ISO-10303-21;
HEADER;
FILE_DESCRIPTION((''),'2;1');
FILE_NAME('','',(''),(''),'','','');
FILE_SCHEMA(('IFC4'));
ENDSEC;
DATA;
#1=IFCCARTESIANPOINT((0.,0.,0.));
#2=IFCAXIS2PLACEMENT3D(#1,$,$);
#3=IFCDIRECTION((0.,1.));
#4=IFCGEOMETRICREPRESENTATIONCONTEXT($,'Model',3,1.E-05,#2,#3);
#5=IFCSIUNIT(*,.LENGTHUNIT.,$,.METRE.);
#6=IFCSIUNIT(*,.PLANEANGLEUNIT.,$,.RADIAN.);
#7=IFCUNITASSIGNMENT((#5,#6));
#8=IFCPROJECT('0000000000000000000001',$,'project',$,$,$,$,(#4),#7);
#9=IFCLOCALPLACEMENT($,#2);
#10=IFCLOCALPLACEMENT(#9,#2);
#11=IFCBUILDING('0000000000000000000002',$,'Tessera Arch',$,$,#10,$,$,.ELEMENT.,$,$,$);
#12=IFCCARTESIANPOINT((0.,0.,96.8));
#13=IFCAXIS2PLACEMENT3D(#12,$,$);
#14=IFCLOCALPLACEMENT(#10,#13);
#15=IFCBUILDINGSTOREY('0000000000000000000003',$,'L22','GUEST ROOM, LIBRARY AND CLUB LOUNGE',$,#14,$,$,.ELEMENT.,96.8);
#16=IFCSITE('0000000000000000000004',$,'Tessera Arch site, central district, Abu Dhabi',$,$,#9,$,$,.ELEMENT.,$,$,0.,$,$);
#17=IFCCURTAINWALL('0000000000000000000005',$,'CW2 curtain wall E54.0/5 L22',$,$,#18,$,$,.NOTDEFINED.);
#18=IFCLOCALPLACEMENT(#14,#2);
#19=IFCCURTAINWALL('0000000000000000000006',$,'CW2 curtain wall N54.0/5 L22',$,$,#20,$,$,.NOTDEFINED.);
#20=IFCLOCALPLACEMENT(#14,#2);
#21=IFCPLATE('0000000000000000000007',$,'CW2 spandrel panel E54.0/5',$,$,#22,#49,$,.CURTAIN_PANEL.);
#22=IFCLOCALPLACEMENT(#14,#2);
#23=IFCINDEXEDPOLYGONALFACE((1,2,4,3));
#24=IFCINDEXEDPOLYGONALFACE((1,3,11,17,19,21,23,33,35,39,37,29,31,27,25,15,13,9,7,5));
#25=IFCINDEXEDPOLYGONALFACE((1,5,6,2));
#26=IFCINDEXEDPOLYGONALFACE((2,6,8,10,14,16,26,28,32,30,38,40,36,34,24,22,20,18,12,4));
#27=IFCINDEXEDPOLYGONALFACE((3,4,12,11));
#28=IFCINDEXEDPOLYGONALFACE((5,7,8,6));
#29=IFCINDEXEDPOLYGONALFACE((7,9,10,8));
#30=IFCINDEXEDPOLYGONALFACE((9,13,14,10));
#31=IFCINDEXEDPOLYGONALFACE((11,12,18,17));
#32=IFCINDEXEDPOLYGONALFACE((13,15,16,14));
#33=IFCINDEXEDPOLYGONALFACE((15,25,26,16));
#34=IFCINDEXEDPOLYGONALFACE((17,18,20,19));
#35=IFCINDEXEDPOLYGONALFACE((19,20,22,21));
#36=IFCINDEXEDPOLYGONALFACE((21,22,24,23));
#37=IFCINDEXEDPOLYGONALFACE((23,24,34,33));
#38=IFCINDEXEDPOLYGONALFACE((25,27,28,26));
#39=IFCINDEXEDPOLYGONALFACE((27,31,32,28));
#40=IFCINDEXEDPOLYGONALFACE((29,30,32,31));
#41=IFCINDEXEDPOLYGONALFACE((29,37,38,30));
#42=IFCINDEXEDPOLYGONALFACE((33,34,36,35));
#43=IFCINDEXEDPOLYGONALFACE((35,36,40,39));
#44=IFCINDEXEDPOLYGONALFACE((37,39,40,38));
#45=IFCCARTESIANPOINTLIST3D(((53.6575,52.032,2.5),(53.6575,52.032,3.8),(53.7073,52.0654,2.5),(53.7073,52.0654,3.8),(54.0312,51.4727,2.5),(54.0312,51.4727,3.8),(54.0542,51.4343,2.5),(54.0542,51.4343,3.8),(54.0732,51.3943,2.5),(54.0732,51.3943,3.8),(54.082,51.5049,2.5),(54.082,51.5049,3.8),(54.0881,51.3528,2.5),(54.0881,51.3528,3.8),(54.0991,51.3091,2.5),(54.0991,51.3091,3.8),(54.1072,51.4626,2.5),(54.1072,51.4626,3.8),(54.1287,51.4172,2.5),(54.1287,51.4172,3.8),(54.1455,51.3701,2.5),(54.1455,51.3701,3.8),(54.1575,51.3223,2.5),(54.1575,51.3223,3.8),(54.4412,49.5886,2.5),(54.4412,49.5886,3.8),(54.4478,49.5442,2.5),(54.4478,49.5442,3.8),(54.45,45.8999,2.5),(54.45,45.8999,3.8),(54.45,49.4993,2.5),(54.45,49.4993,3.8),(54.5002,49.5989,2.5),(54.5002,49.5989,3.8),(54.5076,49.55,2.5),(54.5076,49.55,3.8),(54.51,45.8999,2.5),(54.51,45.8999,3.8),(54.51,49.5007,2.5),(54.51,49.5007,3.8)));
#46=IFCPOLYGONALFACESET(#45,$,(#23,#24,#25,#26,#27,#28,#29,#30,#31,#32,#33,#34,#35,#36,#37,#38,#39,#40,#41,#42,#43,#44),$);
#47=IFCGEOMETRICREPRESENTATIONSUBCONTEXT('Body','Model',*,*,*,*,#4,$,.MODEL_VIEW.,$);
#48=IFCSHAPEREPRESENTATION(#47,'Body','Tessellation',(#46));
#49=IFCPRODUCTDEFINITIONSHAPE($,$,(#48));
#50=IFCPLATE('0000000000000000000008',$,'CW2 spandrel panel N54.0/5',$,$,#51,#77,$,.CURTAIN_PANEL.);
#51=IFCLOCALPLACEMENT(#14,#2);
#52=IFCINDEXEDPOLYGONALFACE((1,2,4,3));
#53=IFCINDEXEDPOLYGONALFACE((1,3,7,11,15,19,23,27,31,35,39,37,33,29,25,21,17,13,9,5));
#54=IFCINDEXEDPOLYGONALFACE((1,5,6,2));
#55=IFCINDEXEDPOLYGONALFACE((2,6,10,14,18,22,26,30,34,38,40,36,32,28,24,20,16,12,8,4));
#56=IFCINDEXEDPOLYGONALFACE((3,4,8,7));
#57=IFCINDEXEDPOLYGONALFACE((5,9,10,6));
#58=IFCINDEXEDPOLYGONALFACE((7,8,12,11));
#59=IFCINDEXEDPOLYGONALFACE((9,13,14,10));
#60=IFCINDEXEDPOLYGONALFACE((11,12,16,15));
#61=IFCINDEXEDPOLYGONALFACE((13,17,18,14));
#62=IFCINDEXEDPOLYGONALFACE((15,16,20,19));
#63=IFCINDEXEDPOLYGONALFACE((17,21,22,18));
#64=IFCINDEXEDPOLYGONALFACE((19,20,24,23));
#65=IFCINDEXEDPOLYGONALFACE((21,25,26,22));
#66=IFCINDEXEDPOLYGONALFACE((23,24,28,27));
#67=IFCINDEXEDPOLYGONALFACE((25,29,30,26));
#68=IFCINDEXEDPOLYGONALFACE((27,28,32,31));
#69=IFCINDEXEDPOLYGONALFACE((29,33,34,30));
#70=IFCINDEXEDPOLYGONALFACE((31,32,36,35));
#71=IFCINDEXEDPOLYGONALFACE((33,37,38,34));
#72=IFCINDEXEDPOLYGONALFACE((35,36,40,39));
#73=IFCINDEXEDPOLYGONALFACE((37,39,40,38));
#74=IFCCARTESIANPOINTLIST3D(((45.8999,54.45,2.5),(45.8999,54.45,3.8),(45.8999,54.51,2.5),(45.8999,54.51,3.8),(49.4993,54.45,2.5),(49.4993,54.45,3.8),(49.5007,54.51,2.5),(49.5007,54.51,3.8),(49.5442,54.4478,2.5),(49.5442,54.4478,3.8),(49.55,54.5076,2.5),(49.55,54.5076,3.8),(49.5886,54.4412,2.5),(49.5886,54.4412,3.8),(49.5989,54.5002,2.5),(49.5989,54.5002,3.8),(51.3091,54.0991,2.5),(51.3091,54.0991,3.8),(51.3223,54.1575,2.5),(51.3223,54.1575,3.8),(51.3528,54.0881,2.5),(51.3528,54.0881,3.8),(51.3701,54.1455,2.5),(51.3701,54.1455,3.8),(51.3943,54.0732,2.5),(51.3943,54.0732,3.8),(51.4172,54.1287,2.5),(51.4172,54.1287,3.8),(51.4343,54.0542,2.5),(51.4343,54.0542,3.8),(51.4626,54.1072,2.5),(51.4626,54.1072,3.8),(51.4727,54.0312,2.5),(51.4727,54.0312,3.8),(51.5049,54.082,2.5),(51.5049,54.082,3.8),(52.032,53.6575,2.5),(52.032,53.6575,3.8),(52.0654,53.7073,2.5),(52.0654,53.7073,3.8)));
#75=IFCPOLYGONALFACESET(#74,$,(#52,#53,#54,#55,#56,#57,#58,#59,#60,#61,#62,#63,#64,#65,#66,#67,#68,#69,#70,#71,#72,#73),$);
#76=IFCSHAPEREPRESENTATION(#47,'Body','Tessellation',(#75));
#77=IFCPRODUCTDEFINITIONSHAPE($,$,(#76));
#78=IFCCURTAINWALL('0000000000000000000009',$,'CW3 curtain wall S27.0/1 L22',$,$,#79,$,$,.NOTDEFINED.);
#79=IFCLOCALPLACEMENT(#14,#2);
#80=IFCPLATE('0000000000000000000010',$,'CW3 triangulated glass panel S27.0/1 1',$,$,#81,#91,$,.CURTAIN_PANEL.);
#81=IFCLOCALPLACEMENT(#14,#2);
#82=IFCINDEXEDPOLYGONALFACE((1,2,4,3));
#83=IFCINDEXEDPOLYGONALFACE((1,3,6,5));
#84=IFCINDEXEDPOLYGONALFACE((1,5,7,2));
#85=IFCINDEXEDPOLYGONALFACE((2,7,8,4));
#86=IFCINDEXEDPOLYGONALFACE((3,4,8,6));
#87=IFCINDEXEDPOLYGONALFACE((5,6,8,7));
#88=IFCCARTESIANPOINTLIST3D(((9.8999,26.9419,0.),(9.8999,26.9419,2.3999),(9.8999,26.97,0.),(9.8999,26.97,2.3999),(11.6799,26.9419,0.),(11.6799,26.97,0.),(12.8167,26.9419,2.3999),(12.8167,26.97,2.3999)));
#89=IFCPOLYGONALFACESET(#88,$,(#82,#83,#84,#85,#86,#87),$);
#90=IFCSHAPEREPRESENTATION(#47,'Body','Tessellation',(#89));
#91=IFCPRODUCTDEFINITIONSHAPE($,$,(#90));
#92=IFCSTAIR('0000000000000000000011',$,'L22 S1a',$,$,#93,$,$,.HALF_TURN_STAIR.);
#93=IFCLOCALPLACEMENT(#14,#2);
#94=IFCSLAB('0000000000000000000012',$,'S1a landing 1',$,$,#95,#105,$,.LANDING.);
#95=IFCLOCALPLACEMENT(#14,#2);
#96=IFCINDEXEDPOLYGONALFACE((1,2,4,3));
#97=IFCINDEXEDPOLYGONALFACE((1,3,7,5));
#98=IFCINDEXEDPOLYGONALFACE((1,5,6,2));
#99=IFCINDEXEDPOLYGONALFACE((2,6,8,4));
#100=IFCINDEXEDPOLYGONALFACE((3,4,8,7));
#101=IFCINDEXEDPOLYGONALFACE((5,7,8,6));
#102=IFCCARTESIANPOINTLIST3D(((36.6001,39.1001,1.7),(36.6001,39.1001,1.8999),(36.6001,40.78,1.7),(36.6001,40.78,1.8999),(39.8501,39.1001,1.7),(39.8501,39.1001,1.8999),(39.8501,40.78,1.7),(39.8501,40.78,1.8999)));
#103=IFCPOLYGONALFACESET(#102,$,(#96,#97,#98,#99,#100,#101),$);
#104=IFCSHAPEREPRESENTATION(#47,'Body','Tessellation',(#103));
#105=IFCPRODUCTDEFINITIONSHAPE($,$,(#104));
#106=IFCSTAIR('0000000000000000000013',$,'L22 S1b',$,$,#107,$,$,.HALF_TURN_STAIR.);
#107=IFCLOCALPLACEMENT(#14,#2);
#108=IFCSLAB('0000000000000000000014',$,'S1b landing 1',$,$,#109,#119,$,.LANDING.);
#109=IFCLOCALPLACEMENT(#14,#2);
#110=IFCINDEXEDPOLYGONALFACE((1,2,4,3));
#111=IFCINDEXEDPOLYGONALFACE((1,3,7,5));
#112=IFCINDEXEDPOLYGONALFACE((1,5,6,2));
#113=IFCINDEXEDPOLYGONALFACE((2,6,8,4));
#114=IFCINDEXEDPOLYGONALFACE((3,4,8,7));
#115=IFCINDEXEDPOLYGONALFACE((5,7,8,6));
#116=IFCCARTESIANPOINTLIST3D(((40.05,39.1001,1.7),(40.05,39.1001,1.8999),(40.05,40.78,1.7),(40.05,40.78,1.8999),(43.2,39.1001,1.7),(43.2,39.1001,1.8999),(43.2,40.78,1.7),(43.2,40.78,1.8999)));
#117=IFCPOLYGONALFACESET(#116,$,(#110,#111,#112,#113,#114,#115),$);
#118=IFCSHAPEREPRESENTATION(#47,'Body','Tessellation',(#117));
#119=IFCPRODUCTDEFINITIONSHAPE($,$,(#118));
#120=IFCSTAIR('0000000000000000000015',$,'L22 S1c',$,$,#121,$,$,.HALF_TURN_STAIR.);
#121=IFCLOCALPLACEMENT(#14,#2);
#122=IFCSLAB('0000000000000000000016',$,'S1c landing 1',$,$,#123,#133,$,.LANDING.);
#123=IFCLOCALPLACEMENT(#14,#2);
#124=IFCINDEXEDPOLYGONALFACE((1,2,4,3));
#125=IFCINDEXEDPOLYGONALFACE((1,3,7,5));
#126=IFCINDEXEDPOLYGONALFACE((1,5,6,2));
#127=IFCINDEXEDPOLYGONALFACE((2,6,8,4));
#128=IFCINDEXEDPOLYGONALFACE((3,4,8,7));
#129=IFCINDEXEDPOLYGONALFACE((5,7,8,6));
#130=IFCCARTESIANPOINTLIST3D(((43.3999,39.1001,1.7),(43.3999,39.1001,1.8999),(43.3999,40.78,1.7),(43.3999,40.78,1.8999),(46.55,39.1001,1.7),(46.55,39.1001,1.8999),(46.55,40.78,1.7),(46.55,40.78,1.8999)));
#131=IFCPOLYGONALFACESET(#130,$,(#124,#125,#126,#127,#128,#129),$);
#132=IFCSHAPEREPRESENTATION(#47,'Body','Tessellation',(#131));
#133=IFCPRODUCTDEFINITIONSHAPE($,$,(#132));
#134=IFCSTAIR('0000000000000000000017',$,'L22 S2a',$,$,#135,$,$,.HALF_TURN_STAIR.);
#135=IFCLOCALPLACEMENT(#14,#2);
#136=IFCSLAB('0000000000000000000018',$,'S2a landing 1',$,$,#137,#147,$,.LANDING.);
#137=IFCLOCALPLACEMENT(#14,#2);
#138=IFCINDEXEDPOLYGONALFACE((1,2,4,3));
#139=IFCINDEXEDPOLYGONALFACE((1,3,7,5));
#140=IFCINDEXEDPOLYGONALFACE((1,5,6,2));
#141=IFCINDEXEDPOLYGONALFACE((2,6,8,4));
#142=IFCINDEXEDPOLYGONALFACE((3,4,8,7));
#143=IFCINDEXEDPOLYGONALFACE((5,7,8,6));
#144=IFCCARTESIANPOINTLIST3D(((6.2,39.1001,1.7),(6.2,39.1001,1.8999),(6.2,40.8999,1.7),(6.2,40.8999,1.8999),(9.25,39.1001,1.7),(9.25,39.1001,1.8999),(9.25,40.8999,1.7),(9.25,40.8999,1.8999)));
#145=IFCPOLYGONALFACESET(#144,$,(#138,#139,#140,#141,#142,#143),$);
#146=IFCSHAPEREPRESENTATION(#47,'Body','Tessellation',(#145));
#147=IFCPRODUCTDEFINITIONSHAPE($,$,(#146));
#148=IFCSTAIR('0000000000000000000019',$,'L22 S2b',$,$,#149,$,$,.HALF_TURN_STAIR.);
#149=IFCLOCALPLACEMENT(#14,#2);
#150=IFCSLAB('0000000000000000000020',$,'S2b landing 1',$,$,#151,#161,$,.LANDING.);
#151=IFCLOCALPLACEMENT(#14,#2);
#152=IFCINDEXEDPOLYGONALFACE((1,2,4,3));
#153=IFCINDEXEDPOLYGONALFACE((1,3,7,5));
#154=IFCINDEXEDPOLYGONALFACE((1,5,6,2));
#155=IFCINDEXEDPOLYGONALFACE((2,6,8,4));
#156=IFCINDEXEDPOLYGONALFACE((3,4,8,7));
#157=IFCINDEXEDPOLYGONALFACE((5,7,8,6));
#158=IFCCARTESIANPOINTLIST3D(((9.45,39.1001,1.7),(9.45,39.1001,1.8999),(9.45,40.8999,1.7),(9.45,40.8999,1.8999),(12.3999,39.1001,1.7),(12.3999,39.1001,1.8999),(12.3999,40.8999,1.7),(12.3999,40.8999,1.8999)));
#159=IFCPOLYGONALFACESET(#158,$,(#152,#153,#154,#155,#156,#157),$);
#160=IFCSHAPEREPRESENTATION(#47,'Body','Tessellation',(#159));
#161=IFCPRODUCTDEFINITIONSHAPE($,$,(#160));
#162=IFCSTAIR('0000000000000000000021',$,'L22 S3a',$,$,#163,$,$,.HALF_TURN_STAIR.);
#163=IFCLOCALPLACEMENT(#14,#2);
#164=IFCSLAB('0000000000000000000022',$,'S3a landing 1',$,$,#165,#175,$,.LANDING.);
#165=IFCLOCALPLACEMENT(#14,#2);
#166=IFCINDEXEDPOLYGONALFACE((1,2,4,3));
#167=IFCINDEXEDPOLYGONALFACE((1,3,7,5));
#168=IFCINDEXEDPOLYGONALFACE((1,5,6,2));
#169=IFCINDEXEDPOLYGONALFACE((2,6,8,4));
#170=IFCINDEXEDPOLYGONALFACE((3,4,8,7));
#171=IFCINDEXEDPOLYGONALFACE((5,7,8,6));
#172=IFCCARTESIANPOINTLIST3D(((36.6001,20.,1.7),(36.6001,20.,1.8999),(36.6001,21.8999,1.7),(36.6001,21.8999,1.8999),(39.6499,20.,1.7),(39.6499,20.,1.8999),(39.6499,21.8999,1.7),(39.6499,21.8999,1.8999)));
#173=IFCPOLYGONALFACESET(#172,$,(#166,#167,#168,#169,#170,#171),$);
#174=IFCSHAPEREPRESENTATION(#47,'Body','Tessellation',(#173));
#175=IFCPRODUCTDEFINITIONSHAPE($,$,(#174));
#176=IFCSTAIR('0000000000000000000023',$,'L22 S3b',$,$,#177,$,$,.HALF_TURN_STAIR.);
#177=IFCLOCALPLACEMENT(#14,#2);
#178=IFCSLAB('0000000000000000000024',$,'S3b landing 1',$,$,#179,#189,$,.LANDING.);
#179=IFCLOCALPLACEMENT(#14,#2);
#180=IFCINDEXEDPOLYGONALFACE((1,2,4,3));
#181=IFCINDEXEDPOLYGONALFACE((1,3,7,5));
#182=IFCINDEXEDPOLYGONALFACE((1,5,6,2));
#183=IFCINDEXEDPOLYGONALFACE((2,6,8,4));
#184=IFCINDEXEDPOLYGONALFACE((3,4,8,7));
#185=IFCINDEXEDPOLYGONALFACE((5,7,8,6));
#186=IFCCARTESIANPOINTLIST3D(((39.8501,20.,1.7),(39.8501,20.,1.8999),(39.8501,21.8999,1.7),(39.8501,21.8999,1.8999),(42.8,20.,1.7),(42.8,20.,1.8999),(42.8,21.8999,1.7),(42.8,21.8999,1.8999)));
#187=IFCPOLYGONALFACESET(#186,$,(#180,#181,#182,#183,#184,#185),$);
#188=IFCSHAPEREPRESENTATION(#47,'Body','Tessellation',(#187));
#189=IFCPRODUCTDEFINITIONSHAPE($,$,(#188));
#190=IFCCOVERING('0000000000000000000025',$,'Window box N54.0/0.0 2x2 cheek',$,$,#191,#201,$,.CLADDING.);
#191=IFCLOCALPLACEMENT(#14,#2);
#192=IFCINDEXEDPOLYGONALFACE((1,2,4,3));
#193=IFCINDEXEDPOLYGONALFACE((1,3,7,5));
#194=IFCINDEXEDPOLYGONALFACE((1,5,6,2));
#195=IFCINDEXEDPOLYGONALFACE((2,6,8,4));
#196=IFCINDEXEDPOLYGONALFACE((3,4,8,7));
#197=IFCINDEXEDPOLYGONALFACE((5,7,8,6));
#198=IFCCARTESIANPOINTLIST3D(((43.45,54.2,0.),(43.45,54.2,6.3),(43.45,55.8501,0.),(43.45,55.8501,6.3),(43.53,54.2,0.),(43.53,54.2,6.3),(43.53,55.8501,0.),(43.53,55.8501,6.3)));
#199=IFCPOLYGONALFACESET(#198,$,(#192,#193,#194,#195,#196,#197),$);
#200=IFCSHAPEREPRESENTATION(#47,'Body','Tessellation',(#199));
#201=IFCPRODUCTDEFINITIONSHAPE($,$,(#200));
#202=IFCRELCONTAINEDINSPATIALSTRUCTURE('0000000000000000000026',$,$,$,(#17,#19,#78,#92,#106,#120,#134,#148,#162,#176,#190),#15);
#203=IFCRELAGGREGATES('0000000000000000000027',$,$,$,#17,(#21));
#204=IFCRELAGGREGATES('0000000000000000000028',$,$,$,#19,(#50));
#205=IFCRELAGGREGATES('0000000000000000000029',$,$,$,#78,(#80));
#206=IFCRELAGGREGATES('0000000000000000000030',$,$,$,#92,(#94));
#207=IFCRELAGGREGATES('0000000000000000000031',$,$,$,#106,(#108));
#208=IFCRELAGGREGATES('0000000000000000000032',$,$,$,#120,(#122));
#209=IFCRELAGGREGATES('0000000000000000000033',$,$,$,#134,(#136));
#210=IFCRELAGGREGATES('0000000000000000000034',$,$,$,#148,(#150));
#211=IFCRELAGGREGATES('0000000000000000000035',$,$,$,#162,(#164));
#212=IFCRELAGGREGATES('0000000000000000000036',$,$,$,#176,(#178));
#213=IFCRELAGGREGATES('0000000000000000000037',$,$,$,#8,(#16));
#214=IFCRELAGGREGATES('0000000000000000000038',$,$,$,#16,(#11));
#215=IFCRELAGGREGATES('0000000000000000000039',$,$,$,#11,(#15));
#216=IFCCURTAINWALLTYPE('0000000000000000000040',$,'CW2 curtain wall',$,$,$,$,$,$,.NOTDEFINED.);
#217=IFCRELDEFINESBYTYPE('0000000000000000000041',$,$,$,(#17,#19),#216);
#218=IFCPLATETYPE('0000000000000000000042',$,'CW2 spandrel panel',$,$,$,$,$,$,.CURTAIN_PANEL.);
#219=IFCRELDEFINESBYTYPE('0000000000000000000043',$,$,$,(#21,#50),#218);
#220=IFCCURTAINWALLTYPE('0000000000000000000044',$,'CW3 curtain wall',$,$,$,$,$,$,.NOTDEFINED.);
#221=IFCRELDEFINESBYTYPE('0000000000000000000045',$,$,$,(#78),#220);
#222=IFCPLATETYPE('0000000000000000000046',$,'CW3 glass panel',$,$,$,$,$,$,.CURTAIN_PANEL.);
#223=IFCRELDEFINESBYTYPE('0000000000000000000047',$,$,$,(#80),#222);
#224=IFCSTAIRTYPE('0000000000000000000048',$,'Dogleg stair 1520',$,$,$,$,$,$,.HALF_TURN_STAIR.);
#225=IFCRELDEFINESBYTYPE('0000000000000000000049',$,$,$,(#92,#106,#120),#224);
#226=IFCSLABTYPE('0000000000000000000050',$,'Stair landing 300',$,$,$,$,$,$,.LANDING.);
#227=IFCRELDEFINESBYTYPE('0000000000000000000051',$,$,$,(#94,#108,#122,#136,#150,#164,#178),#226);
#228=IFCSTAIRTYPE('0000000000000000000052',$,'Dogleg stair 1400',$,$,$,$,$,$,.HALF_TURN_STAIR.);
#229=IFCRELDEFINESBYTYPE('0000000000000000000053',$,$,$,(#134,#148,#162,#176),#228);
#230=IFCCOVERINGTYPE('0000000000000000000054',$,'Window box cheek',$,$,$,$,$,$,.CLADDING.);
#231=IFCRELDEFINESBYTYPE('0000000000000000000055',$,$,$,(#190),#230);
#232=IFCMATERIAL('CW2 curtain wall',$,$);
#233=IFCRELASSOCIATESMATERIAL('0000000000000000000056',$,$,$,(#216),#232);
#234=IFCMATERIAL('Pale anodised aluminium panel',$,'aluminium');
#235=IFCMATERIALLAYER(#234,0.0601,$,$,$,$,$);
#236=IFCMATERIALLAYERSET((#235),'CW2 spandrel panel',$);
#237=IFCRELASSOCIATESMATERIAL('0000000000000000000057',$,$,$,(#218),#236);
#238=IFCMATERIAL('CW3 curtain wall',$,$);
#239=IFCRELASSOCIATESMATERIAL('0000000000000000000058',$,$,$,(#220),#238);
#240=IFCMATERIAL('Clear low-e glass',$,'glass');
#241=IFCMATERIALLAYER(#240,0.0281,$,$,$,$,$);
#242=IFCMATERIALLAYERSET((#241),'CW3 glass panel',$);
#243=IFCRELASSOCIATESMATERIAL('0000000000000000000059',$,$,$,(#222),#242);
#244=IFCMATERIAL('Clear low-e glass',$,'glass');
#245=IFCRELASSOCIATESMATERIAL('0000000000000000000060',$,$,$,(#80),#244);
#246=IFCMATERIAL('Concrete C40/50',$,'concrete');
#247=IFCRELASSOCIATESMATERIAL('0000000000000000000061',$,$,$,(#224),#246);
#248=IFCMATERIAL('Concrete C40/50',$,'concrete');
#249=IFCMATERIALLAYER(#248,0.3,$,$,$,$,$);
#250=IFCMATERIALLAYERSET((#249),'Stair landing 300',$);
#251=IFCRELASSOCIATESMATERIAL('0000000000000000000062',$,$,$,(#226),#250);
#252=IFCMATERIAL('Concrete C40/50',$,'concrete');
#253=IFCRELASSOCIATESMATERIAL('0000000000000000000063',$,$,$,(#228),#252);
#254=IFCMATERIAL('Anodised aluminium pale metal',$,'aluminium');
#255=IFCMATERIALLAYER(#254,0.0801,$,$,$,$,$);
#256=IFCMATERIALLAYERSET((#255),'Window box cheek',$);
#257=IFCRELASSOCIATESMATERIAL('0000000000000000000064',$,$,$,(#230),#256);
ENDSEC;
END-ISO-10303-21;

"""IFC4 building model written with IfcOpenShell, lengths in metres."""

from ifc_helpers import new_model, si_unit, direction, frame, origin, place, context, subcontext, project, spatial, polyline, outline, extrude, material, layer, layer_set, type_object, element, aggregate, save


model = new_model("IFC4")

# Units and contexts
model_context = context("Model", 3, precision=1e-05, world=origin(), true_north=direction((0.0, 1.0)))
body_context = subcontext(model_context, "Body", "Model", "MODEL_VIEW")
ifc_project = project(units=[si_unit("LENGTHUNIT", "METRE"), si_unit("PLANEANGLEUNIT", "RADIAN")], contexts=[model_context])

# Site, building, storey
site_placement = place(None, origin())
site = spatial("IfcSite", under=ifc_project, at=site_placement, Name="Tessera Arch site, central district, Abu Dhabi", CompositionType="ELEMENT", RefElevation=0.0)
building_placement = place(site_placement, origin())
building = spatial("IfcBuilding", under=site, at=building_placement, Name="Tessera Arch", CompositionType="ELEMENT")
storey_placement = place(building_placement, frame((0.0, 0.0, 96.8)))
storey = spatial("IfcBuildingStorey", under=building, at=storey_placement, Name="L22", Description="GUEST ROOM, LIBRARY AND CLUB LOUNGE", CompositionType="ELEMENT", Elevation=96.8)

# Curtain walls
ifc_material_1 = material(Name="CW2 curtain wall")
curtain_wall_type_1 = type_object("IfcCurtainWallType", Name="CW2 curtain wall", PredefinedType="NOTDEFINED", material=ifc_material_1)
curtain_wall_1_placement = place(storey_placement, origin())
curtain_wall_1 = element("IfcCurtainWall", 1, at=curtain_wall_1_placement, inside=storey, type_object=curtain_wall_type_1, Name="CW2 curtain wall E54.0/5 L22", PredefinedType="NOTDEFINED")
curtain_wall_2_placement = place(storey_placement, origin())
curtain_wall_2 = element("IfcCurtainWall", 2, at=curtain_wall_2_placement, inside=storey, type_object=curtain_wall_type_1, Name="CW2 curtain wall N54.0/5 L22", PredefinedType="NOTDEFINED")

# Shared definitions
ifc_material_2 = material(Name="Clear low-e glass", Category="glass")

# Shared definitions
ifc_material_3 = material(Name="Pale anodised aluminium panel", Category="aluminium")
ifc_layer_1 = layer(ifc_material_3, 0.0601)
ifc_layer_set_1 = layer_set([ifc_layer_1], Name="CW2 spandrel panel")
plate_type_1 = type_object("IfcPlateType", Name="CW2 spandrel panel", PredefinedType="CURTAIN_PANEL", material=ifc_layer_set_1)

# Plates
plate_1_placement = place(storey_placement, frame((0.0, 0.0, 2.5)))
plate_1 = element("IfcPlate", 3, at=plate_1_placement, type_object=plate_type_1, Name="CW2 spandrel panel E54.0/5", PredefinedType="CURTAIN_PANEL", context=body_context, shape_type="SweptSolid", body=[
    extrude(outline(polyline([(54.45, 49.4993), (54.45, 45.8999), (54.51, 45.8999), (54.51, 49.5007), (54.5076, 49.55), (54.5002, 49.5989), (54.1575, 51.3223), (54.1455, 51.3701), (54.1287, 51.4172), (54.1072, 51.4626), (54.082, 51.5049), (53.7073, 52.0654), (53.6575, 52.032), (54.0312, 51.4727), (54.0542, 51.4343), (54.0732, 51.3943), (54.0881, 51.3528), (54.0991, 51.3091), (54.4412, 49.5886), (54.4478, 49.5442), (54.45, 49.4993)])), origin(), (0.0, 0.0, 1.0), 1.3),
])
aggregate(curtain_wall_1, [plate_1])
plate_2_placement = place(storey_placement, frame((0.0, 0.0, 2.5)))
plate_2 = element("IfcPlate", 4, at=plate_2_placement, type_object=plate_type_1, Name="CW2 spandrel panel N54.0/5", PredefinedType="CURTAIN_PANEL", context=body_context, shape_type="SweptSolid", body=[
    extrude(outline(polyline([(51.4727, 54.0312), (52.032, 53.6575), (52.0654, 53.7073), (51.5049, 54.082), (51.4626, 54.1072), (51.4172, 54.1287), (51.3701, 54.1455), (51.3223, 54.1575), (49.5989, 54.5002), (49.55, 54.5076), (49.5007, 54.51), (45.8999, 54.51), (45.8999, 54.45), (49.4993, 54.45), (49.5442, 54.4478), (49.5886, 54.4412), (51.3091, 54.0991), (51.3528, 54.0881), (51.3943, 54.0732), (51.4343, 54.0542), (51.4727, 54.0312)])), origin(), (0.0, 0.0, 1.0), 1.3),
])
aggregate(curtain_wall_2, [plate_2])

# Curtain wall, plate
ifc_material_4 = material(Name="CW3 curtain wall")
curtain_wall_type_2 = type_object("IfcCurtainWallType", Name="CW3 curtain wall", PredefinedType="NOTDEFINED", material=ifc_material_4)
curtain_wall_3_placement = place(storey_placement, origin())
curtain_wall_3 = element("IfcCurtainWall", 5, at=curtain_wall_3_placement, inside=storey, type_object=curtain_wall_type_2, Name="CW3 curtain wall S27.0/1 L22", PredefinedType="NOTDEFINED")
ifc_material_5 = material(Name="Clear low-e glass", Category="glass")
ifc_layer_2 = layer(ifc_material_5, 0.0281)
ifc_layer_set_2 = layer_set([ifc_layer_2], Name="CW3 glass panel")
plate_type_2 = type_object("IfcPlateType", Name="CW3 glass panel", PredefinedType="CURTAIN_PANEL", material=ifc_layer_set_2)
plate_3_placement = place(storey_placement, frame((9.8999, 26.9419, 0.0), z_axis=(0.0, -1.0, 0.0), x_axis=(1.0, 0.0, 0.0)))
plate_3 = element("IfcPlate", 6, at=plate_3_placement, type_object=plate_type_2, material=ifc_material_2, Name="CW3 triangulated glass panel S27.0/1 1", PredefinedType="CURTAIN_PANEL", context=body_context, shape_type="SweptSolid", body=[
    extrude(outline(polyline([(0.0, 0.0), (1.78, 0.0), (2.9167, 2.3999), (0.0, 2.3999), (0.0, 0.0)])), origin(), (0.0, 0.0, -1.0), 0.0281),
])
aggregate(curtain_wall_3, [plate_3])

# Stairs, slabs
ifc_material_6 = material(Name="Concrete C40/50", Category="concrete")
stair_type_1 = type_object("IfcStairType", Name="Dogleg stair 1520", PredefinedType="HALF_TURN_STAIR", material=ifc_material_6)
stair_1_placement = place(storey_placement, origin())
stair_1 = element("IfcStair", 7, at=stair_1_placement, inside=storey, type_object=stair_type_1, Name="L22 S1a", PredefinedType="HALF_TURN_STAIR")
ifc_material_7 = material(Name="Concrete C40/50", Category="concrete")
ifc_layer_3 = layer(ifc_material_7, 0.3)
ifc_layer_set_3 = layer_set([ifc_layer_3], Name="Stair landing 300")
slab_type = type_object("IfcSlabType", Name="Stair landing 300", PredefinedType="LANDING", material=ifc_layer_set_3)
slab_1_placement = place(storey_placement, frame((0.0, 0.0, 1.7)))
slab_1 = element("IfcSlab", 8, at=slab_1_placement, type_object=slab_type, Name="S1a landing 1", PredefinedType="LANDING", context=body_context, shape_type="SweptSolid", body=[
    extrude(outline(polyline([(36.6001, 40.78), (36.6001, 39.1001), (39.8501, 39.1001), (39.8501, 40.78), (36.6001, 40.78)])), origin(), (0.0, 0.0, 1.0), 0.2),
])
aggregate(stair_1, [slab_1])
stair_2_placement = place(storey_placement, origin())
stair_2 = element("IfcStair", 9, at=stair_2_placement, inside=storey, type_object=stair_type_1, Name="L22 S1b", PredefinedType="HALF_TURN_STAIR")
slab_2_placement = place(storey_placement, frame((0.0, 0.0, 1.7)))
slab_2 = element("IfcSlab", 10, at=slab_2_placement, type_object=slab_type, Name="S1b landing 1", PredefinedType="LANDING", context=body_context, shape_type="SweptSolid", body=[
    extrude(outline(polyline([(40.05, 40.78), (40.05, 39.1001), (43.2, 39.1001), (43.2, 40.78), (40.05, 40.78)])), origin(), (0.0, 0.0, 1.0), 0.2),
])
aggregate(stair_2, [slab_2])
stair_3_placement = place(storey_placement, origin())
stair_3 = element("IfcStair", 11, at=stair_3_placement, inside=storey, type_object=stair_type_1, Name="L22 S1c", PredefinedType="HALF_TURN_STAIR")
slab_3_placement = place(storey_placement, frame((0.0, 0.0, 1.7)))
slab_3 = element("IfcSlab", 12, at=slab_3_placement, type_object=slab_type, Name="S1c landing 1", PredefinedType="LANDING", context=body_context, shape_type="SweptSolid", body=[
    extrude(outline(polyline([(43.3999, 40.78), (43.3999, 39.1001), (46.55, 39.1001), (46.55, 40.78), (43.3999, 40.78)])), origin(), (0.0, 0.0, 1.0), 0.2),
])
aggregate(stair_3, [slab_3])
ifc_material_8 = material(Name="Concrete C40/50", Category="concrete")
stair_type_2 = type_object("IfcStairType", Name="Dogleg stair 1400", PredefinedType="HALF_TURN_STAIR", material=ifc_material_8)
stair_4_placement = place(storey_placement, origin())
stair_4 = element("IfcStair", 13, at=stair_4_placement, inside=storey, type_object=stair_type_2, Name="L22 S2a", PredefinedType="HALF_TURN_STAIR")
slab_4_placement = place(storey_placement, frame((0.0, 0.0, 1.7)))
slab_4 = element("IfcSlab", 14, at=slab_4_placement, type_object=slab_type, Name="S2a landing 1", PredefinedType="LANDING", context=body_context, shape_type="SweptSolid", body=[
    extrude(outline(polyline([(6.2, 40.8999), (6.2, 39.1001), (9.25, 39.1001), (9.25, 40.8999), (6.2, 40.8999)])), origin(), (0.0, 0.0, 1.0), 0.2),
])
aggregate(stair_4, [slab_4])
stair_5_placement = place(storey_placement, origin())
stair_5 = element("IfcStair", 15, at=stair_5_placement, inside=storey, type_object=stair_type_2, Name="L22 S2b", PredefinedType="HALF_TURN_STAIR")
slab_5_placement = place(storey_placement, frame((0.0, 0.0, 1.7)))
slab_5 = element("IfcSlab", 16, at=slab_5_placement, type_object=slab_type, Name="S2b landing 1", PredefinedType="LANDING", context=body_context, shape_type="SweptSolid", body=[
    extrude(outline(polyline([(9.45, 40.8999), (9.45, 39.1001), (12.3999, 39.1001), (12.3999, 40.8999), (9.45, 40.8999)])), origin(), (0.0, 0.0, 1.0), 0.2),
])
aggregate(stair_5, [slab_5])
stair_6_placement = place(storey_placement, origin())
stair_6 = element("IfcStair", 17, at=stair_6_placement, inside=storey, type_object=stair_type_2, Name="L22 S3a", PredefinedType="HALF_TURN_STAIR")
slab_6_placement = place(storey_placement, frame((0.0, 0.0, 1.7)))
slab_6 = element("IfcSlab", 18, at=slab_6_placement, type_object=slab_type, Name="S3a landing 1", PredefinedType="LANDING", context=body_context, shape_type="SweptSolid", body=[
    extrude(outline(polyline([(39.6499, 20.0), (39.6499, 21.8999), (36.6001, 21.8999), (36.6001, 20.0), (39.6499, 20.0)])), origin(), (0.0, 0.0, 1.0), 0.2),
])
aggregate(stair_6, [slab_6])
stair_7_placement = place(storey_placement, origin())
stair_7 = element("IfcStair", 19, at=stair_7_placement, inside=storey, type_object=stair_type_2, Name="L22 S3b", PredefinedType="HALF_TURN_STAIR")
slab_7_placement = place(storey_placement, frame((0.0, 0.0, 1.7)))
slab_7 = element("IfcSlab", 20, at=slab_7_placement, type_object=slab_type, Name="S3b landing 1", PredefinedType="LANDING", context=body_context, shape_type="SweptSolid", body=[
    extrude(outline(polyline([(42.8, 20.0), (42.8, 21.8999), (39.8501, 21.8999), (39.8501, 20.0), (42.8, 20.0)])), origin(), (0.0, 0.0, 1.0), 0.2),
])
aggregate(stair_7, [slab_7])

# Covering
ifc_material_9 = material(Name="Anodised aluminium pale metal", Category="aluminium")
ifc_layer_4 = layer(ifc_material_9, 0.0801)
ifc_layer_set_4 = layer_set([ifc_layer_4], Name="Window box cheek")
covering_type_1 = type_object("IfcCoveringType", Name="Window box cheek", PredefinedType="CLADDING", material=ifc_layer_set_4)
covering_1_placement = place(storey_placement, origin())
element("IfcCovering", 21, at=covering_1_placement, inside=storey, type_object=covering_type_1, Name="Window box N54.0/0.0 2x2 cheek", PredefinedType="CLADDING", context=body_context, shape_type="SweptSolid", body=[
    extrude(outline(polyline([(43.53, 55.8501), (43.45, 55.8501), (43.45, 54.2), (43.53, 54.2), (43.53, 55.8501)])), origin(), (0.0, 0.0, 1.0), 6.3),
])

save(model, "model.ifc")
